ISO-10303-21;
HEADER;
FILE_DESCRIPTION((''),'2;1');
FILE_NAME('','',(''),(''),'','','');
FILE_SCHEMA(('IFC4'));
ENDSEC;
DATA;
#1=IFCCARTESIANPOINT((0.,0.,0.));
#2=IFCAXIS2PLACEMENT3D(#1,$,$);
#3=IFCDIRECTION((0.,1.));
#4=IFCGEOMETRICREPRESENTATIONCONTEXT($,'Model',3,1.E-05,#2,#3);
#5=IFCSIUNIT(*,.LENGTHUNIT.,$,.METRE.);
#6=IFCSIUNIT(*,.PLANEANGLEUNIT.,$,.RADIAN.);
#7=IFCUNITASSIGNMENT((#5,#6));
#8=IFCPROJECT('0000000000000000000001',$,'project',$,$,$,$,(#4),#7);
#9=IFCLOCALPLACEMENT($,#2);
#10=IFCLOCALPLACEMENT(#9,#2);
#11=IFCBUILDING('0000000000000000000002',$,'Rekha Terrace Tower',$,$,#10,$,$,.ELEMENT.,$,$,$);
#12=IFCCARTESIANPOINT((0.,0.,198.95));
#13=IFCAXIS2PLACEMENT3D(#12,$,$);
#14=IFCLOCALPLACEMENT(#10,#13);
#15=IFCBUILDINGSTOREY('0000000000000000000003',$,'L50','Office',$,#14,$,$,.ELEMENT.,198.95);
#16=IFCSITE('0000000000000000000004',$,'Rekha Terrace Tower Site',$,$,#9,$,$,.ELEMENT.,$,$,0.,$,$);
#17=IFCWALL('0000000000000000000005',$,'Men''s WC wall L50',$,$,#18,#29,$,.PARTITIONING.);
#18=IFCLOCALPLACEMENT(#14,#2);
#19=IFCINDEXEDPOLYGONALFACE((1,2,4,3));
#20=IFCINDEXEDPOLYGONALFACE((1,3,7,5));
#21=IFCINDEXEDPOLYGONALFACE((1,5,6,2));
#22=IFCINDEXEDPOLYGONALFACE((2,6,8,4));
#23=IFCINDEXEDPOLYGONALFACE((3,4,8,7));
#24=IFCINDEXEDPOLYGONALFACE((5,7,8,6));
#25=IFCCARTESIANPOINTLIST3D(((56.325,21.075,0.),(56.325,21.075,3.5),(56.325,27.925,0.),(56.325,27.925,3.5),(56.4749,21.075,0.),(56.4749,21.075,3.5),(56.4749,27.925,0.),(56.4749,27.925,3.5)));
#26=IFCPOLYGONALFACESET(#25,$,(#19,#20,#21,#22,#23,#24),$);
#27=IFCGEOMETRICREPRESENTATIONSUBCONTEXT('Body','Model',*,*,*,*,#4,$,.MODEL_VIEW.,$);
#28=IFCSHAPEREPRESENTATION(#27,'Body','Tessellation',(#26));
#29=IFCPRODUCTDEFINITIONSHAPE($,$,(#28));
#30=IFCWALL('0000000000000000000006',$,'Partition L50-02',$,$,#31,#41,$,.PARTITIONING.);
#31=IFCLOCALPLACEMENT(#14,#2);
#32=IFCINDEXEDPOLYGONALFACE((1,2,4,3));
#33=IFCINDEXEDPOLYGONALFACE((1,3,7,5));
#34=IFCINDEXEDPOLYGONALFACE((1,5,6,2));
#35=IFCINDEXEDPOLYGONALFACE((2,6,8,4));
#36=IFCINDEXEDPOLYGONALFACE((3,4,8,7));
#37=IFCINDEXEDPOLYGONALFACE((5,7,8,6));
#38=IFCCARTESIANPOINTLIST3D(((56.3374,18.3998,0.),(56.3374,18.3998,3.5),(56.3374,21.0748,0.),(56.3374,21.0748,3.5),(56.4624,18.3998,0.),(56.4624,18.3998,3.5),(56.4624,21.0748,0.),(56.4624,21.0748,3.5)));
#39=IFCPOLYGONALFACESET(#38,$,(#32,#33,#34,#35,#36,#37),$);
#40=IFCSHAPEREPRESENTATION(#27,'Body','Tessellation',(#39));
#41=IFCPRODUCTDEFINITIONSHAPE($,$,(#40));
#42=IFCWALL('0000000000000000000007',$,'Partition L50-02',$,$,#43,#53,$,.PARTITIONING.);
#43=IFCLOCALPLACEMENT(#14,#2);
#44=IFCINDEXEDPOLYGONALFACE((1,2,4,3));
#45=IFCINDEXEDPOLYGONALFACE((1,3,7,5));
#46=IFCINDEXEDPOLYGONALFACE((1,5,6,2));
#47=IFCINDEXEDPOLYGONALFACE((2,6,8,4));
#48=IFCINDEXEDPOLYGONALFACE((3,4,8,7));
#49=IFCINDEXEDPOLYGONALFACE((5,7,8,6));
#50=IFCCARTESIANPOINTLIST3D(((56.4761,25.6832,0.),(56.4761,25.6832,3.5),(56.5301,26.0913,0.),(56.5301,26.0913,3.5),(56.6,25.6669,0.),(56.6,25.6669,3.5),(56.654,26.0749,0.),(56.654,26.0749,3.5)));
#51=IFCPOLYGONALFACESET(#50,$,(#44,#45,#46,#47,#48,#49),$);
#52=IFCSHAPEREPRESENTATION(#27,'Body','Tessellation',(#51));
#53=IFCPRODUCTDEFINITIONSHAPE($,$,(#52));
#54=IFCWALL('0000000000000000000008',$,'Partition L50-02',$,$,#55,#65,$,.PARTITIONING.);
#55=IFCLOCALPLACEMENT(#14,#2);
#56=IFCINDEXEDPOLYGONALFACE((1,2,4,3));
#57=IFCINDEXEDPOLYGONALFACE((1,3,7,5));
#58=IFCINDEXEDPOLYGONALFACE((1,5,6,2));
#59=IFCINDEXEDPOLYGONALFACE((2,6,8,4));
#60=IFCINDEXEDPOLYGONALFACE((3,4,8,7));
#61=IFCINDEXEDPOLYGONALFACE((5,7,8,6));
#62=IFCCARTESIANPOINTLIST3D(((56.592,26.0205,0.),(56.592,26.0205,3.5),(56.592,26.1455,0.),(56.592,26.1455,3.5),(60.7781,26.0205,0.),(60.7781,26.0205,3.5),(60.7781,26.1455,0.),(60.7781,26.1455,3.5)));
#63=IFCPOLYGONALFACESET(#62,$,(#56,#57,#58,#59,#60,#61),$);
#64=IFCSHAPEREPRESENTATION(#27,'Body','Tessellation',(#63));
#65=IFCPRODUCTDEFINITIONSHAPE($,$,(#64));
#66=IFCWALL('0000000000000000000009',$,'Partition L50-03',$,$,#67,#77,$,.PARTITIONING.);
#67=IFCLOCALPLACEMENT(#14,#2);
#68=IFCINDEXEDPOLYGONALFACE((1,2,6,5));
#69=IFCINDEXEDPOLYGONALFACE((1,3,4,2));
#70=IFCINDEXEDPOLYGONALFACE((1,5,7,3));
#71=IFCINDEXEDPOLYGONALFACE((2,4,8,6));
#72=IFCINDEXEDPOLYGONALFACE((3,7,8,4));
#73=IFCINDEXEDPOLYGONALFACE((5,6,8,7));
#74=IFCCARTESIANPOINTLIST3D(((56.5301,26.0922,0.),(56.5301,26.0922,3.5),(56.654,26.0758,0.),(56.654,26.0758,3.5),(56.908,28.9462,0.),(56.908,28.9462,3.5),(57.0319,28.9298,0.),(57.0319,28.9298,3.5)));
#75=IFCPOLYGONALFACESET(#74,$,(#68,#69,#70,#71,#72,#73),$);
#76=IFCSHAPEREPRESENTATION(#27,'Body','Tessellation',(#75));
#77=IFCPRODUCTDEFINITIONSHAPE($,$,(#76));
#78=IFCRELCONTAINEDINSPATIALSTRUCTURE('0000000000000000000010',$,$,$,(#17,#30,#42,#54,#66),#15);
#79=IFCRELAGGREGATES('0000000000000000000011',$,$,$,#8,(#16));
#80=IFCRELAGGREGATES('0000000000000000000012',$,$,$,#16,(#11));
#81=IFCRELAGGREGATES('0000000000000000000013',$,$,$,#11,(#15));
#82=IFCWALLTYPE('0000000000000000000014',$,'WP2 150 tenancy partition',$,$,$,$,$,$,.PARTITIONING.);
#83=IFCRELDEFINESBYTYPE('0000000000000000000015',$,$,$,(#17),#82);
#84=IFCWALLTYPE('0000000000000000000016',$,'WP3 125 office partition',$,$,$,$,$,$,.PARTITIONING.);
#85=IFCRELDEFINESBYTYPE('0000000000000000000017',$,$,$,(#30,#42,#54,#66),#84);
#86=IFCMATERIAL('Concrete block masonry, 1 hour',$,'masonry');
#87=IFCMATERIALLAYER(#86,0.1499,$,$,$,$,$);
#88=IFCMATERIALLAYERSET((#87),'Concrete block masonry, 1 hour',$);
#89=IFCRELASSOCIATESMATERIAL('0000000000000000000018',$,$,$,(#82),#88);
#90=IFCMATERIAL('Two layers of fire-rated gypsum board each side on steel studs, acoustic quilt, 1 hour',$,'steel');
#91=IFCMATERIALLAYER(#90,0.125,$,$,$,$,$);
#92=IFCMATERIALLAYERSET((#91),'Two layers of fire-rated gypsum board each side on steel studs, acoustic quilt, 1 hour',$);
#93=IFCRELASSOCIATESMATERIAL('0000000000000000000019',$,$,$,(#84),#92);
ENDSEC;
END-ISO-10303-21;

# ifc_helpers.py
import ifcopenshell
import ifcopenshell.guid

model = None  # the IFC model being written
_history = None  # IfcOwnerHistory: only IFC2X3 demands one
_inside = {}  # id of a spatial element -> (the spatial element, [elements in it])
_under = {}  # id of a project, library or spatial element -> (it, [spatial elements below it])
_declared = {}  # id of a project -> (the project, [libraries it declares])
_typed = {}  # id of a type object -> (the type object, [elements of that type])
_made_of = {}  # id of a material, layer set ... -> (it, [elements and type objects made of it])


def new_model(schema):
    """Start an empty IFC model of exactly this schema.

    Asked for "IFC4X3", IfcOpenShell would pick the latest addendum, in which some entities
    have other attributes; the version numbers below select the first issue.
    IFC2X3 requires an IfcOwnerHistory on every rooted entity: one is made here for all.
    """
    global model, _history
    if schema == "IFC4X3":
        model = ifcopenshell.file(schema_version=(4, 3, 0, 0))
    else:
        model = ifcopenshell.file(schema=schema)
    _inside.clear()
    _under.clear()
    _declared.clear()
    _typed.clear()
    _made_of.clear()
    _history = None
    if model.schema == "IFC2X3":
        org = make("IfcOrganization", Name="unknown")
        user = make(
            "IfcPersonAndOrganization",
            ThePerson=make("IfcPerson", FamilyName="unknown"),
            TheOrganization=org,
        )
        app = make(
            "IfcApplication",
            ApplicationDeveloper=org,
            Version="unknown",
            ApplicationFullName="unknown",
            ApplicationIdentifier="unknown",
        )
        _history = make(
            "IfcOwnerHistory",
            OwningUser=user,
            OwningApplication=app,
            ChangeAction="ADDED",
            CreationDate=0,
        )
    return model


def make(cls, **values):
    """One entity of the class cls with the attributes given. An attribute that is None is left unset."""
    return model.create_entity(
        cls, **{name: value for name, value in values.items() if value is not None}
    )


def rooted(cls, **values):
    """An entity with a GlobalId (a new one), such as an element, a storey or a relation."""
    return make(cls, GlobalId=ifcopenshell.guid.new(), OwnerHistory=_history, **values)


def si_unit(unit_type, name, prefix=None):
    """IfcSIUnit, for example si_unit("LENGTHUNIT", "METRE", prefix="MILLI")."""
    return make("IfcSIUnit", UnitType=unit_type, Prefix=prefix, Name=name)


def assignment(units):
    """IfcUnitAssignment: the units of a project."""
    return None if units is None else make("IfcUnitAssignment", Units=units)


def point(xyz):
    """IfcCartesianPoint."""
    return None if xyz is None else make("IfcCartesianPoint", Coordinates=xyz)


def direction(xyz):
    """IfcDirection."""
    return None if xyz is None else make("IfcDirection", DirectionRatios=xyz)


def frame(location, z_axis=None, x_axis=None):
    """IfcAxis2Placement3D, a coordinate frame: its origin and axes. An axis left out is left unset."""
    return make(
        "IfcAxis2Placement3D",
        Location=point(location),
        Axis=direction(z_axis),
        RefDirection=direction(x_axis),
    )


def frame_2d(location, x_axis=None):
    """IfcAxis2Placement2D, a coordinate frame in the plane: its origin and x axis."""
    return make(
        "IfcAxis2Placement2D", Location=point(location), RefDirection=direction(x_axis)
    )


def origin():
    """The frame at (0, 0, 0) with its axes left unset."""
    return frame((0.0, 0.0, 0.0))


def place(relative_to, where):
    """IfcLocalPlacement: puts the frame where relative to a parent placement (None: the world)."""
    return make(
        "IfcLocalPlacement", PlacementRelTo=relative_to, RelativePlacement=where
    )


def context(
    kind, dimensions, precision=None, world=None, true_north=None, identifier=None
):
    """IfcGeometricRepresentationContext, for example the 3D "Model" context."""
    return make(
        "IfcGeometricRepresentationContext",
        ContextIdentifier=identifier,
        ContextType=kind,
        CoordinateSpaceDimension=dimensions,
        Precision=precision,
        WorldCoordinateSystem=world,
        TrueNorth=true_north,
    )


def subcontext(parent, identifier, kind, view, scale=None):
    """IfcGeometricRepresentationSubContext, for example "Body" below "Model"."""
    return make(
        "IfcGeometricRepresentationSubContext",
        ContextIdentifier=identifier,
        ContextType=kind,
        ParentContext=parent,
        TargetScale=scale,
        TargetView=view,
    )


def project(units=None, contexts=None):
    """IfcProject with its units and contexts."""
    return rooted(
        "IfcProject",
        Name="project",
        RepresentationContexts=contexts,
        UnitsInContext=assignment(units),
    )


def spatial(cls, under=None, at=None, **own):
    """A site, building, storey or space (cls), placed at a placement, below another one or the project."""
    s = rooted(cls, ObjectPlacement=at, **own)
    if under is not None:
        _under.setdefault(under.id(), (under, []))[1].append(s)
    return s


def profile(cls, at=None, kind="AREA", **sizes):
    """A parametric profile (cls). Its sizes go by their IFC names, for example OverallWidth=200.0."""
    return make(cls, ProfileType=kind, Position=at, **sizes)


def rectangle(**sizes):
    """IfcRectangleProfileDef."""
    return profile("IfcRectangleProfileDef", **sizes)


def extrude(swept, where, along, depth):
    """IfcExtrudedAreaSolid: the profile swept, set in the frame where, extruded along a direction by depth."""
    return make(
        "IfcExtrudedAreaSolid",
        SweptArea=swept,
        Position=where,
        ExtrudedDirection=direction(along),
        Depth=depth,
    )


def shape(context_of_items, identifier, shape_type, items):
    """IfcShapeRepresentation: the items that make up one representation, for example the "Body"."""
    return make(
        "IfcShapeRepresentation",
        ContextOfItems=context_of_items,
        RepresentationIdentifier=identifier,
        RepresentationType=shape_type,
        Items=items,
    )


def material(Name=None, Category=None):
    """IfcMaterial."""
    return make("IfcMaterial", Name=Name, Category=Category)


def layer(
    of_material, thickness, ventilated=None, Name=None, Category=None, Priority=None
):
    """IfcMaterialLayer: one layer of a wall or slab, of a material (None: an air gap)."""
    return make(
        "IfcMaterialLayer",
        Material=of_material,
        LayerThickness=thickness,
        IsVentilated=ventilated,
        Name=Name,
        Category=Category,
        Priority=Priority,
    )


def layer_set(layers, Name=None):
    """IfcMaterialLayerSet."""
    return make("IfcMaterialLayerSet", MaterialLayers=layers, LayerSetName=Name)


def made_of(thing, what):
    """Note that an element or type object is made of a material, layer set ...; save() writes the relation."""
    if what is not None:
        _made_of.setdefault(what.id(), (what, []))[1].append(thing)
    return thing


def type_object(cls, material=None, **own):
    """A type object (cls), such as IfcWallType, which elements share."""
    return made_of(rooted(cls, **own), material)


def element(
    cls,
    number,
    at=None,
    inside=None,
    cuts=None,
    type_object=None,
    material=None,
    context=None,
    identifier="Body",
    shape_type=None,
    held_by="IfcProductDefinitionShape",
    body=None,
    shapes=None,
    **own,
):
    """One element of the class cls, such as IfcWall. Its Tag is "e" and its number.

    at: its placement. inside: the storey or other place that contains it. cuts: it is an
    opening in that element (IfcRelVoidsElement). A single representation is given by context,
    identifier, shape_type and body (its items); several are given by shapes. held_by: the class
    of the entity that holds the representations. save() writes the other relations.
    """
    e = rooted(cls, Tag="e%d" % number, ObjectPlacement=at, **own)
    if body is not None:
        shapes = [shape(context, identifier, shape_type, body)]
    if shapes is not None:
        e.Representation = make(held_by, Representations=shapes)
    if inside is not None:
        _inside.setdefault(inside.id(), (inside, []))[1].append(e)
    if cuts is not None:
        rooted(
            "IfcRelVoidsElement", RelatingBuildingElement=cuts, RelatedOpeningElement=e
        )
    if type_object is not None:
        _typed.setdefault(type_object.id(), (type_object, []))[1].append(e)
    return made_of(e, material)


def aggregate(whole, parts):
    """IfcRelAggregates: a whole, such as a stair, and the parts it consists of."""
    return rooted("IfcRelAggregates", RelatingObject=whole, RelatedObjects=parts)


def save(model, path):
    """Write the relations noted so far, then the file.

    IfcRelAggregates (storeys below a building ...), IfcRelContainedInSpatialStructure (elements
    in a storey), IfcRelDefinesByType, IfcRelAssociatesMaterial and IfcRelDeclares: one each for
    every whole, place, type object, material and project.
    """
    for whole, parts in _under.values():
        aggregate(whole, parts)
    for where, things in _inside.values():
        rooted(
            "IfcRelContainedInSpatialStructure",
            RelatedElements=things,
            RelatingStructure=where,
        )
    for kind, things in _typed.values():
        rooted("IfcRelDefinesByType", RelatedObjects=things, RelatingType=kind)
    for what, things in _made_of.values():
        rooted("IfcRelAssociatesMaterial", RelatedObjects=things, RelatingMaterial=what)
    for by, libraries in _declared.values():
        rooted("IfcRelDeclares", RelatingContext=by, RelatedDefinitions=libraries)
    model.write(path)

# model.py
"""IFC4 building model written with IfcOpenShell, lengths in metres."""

from ifc_helpers import new_model, si_unit, direction, frame, frame_2d, origin, place, context, subcontext, project, spatial, rectangle, extrude, material, layer, layer_set, type_object, element, save


model = new_model("IFC4")

# Units and contexts
model_context = context("Model", 3, precision=1e-05, world=origin(), true_north=direction((0.0, 1.0)))
body_context = subcontext(model_context, "Body", "Model", "MODEL_VIEW")
ifc_project = project(units=[si_unit("LENGTHUNIT", "METRE"), si_unit("PLANEANGLEUNIT", "RADIAN")], contexts=[model_context])

# Site, building, storey
site_placement = place(None, origin())
site = spatial("IfcSite", under=ifc_project, at=site_placement, Name="Rekha Terrace Tower Site", CompositionType="ELEMENT", RefElevation=0.0)
building_placement = place(site_placement, origin())
building = spatial("IfcBuilding", under=site, at=building_placement, Name="Rekha Terrace Tower", CompositionType="ELEMENT")
storey_placement = place(building_placement, frame((0.0, 0.0, 198.95)))
storey = spatial("IfcBuildingStorey", under=building, at=storey_placement, Name="L50", Description="Office", CompositionType="ELEMENT", Elevation=198.95)

# Shared definitions
ifc_material_1 = material(Name="Concrete block masonry, 1 hour", Category="masonry")
ifc_layer_1 = layer(ifc_material_1, 0.1499)
ifc_layer_set_1 = layer_set([ifc_layer_1], Name="Concrete block masonry, 1 hour")
wall_type_1 = type_object("IfcWallType", Name="WP2 150 tenancy partition", PredefinedType="PARTITIONING", material=ifc_layer_set_1)

# Walls
wall_1_placement = place(storey_placement, frame((56.3999, 21.075, 0.0), z_axis=(0.0, 0.0, 1.0), x_axis=(0.0, 1.0, 0.0)))
element("IfcWall", 1, at=wall_1_placement, inside=storey, type_object=wall_type_1, Name="Men's WC wall L50", PredefinedType="PARTITIONING", context=body_context, shape_type="SweptSolid", body=[
    extrude(rectangle(XDim=6.8501, YDim=0.1499, at=frame_2d((3.425, 0.0))), origin(), (0.0, 0.0, 1.0), 3.5),
])
ifc_material_2 = material(Name="Two layers of fire-rated gypsum board each side on steel studs, acoustic quilt, 1 hour", Category="steel")
ifc_layer_2 = layer(ifc_material_2, 0.125)
ifc_layer_set_2 = layer_set([ifc_layer_2], Name="Two layers of fire-rated gypsum board each side on steel studs, acoustic quilt, 1 hour")
wall_type_2 = type_object("IfcWallType", Name="WP3 125 office partition", PredefinedType="PARTITIONING", material=ifc_layer_set_2)
wall_2_placement = place(storey_placement, frame((56.3999, 18.3999, 0.0), z_axis=(0.0, 0.0, 1.0), x_axis=(0.0, 1.0, 0.0)))
element("IfcWall", 2, at=wall_2_placement, inside=storey, type_object=wall_type_2, Name="Partition L50-02", PredefinedType="PARTITIONING", context=body_context, shape_type="SweptSolid", body=[
    extrude(rectangle(XDim=2.675, YDim=0.125, at=frame_2d((1.3374, 0.0))), origin(), (0.0, 0.0, 1.0), 3.5),
])
wall_3_placement = place(storey_placement, frame((56.5381, 25.675, 0.0), z_axis=(0.0, 0.0, 1.0), x_axis=(0.131114, 0.991367, 0.0)))
element("IfcWall", 3, at=wall_3_placement, inside=storey, type_object=wall_type_2, Name="Partition L50-02", PredefinedType="PARTITIONING", context=body_context, shape_type="SweptSolid", body=[
    extrude(rectangle(XDim=0.4116, YDim=0.125, at=frame_2d((0.2058, 0.0))), origin(), (0.0, 0.0, 1.0), 3.5),
])
wall_4_placement = place(storey_placement, frame((56.592, 26.083, 0.0), z_axis=(0.0, 0.0, 1.0), x_axis=(1.0, 0.0, 0.0)))
element("IfcWall", 4, at=wall_4_placement, inside=storey, type_object=wall_type_2, Name="Partition L50-02", PredefinedType="PARTITIONING", context=body_context, shape_type="SweptSolid", body=[
    extrude(rectangle(XDim=4.186, YDim=0.125, at=frame_2d((2.093, 0.0))), origin(), (0.0, 0.0, 1.0), 3.5),
])
wall_5_placement = place(storey_placement, frame((56.592, 26.084, 0.0), z_axis=(0.0, 0.0, 1.0), x_axis=(0.131275, 0.991346, 0.0)))
element("IfcWall", 5, at=wall_5_placement, inside=storey, type_object=wall_type_2, Name="Partition L50-03", PredefinedType="PARTITIONING", context=body_context, shape_type="SweptSolid", body=[
    extrude(rectangle(XDim=2.8789, YDim=0.125, at=frame_2d((1.4395, 0.0))), origin(), (0.0, 0.0, 1.0), 3.5),
])

save(model, "model.ifc")
